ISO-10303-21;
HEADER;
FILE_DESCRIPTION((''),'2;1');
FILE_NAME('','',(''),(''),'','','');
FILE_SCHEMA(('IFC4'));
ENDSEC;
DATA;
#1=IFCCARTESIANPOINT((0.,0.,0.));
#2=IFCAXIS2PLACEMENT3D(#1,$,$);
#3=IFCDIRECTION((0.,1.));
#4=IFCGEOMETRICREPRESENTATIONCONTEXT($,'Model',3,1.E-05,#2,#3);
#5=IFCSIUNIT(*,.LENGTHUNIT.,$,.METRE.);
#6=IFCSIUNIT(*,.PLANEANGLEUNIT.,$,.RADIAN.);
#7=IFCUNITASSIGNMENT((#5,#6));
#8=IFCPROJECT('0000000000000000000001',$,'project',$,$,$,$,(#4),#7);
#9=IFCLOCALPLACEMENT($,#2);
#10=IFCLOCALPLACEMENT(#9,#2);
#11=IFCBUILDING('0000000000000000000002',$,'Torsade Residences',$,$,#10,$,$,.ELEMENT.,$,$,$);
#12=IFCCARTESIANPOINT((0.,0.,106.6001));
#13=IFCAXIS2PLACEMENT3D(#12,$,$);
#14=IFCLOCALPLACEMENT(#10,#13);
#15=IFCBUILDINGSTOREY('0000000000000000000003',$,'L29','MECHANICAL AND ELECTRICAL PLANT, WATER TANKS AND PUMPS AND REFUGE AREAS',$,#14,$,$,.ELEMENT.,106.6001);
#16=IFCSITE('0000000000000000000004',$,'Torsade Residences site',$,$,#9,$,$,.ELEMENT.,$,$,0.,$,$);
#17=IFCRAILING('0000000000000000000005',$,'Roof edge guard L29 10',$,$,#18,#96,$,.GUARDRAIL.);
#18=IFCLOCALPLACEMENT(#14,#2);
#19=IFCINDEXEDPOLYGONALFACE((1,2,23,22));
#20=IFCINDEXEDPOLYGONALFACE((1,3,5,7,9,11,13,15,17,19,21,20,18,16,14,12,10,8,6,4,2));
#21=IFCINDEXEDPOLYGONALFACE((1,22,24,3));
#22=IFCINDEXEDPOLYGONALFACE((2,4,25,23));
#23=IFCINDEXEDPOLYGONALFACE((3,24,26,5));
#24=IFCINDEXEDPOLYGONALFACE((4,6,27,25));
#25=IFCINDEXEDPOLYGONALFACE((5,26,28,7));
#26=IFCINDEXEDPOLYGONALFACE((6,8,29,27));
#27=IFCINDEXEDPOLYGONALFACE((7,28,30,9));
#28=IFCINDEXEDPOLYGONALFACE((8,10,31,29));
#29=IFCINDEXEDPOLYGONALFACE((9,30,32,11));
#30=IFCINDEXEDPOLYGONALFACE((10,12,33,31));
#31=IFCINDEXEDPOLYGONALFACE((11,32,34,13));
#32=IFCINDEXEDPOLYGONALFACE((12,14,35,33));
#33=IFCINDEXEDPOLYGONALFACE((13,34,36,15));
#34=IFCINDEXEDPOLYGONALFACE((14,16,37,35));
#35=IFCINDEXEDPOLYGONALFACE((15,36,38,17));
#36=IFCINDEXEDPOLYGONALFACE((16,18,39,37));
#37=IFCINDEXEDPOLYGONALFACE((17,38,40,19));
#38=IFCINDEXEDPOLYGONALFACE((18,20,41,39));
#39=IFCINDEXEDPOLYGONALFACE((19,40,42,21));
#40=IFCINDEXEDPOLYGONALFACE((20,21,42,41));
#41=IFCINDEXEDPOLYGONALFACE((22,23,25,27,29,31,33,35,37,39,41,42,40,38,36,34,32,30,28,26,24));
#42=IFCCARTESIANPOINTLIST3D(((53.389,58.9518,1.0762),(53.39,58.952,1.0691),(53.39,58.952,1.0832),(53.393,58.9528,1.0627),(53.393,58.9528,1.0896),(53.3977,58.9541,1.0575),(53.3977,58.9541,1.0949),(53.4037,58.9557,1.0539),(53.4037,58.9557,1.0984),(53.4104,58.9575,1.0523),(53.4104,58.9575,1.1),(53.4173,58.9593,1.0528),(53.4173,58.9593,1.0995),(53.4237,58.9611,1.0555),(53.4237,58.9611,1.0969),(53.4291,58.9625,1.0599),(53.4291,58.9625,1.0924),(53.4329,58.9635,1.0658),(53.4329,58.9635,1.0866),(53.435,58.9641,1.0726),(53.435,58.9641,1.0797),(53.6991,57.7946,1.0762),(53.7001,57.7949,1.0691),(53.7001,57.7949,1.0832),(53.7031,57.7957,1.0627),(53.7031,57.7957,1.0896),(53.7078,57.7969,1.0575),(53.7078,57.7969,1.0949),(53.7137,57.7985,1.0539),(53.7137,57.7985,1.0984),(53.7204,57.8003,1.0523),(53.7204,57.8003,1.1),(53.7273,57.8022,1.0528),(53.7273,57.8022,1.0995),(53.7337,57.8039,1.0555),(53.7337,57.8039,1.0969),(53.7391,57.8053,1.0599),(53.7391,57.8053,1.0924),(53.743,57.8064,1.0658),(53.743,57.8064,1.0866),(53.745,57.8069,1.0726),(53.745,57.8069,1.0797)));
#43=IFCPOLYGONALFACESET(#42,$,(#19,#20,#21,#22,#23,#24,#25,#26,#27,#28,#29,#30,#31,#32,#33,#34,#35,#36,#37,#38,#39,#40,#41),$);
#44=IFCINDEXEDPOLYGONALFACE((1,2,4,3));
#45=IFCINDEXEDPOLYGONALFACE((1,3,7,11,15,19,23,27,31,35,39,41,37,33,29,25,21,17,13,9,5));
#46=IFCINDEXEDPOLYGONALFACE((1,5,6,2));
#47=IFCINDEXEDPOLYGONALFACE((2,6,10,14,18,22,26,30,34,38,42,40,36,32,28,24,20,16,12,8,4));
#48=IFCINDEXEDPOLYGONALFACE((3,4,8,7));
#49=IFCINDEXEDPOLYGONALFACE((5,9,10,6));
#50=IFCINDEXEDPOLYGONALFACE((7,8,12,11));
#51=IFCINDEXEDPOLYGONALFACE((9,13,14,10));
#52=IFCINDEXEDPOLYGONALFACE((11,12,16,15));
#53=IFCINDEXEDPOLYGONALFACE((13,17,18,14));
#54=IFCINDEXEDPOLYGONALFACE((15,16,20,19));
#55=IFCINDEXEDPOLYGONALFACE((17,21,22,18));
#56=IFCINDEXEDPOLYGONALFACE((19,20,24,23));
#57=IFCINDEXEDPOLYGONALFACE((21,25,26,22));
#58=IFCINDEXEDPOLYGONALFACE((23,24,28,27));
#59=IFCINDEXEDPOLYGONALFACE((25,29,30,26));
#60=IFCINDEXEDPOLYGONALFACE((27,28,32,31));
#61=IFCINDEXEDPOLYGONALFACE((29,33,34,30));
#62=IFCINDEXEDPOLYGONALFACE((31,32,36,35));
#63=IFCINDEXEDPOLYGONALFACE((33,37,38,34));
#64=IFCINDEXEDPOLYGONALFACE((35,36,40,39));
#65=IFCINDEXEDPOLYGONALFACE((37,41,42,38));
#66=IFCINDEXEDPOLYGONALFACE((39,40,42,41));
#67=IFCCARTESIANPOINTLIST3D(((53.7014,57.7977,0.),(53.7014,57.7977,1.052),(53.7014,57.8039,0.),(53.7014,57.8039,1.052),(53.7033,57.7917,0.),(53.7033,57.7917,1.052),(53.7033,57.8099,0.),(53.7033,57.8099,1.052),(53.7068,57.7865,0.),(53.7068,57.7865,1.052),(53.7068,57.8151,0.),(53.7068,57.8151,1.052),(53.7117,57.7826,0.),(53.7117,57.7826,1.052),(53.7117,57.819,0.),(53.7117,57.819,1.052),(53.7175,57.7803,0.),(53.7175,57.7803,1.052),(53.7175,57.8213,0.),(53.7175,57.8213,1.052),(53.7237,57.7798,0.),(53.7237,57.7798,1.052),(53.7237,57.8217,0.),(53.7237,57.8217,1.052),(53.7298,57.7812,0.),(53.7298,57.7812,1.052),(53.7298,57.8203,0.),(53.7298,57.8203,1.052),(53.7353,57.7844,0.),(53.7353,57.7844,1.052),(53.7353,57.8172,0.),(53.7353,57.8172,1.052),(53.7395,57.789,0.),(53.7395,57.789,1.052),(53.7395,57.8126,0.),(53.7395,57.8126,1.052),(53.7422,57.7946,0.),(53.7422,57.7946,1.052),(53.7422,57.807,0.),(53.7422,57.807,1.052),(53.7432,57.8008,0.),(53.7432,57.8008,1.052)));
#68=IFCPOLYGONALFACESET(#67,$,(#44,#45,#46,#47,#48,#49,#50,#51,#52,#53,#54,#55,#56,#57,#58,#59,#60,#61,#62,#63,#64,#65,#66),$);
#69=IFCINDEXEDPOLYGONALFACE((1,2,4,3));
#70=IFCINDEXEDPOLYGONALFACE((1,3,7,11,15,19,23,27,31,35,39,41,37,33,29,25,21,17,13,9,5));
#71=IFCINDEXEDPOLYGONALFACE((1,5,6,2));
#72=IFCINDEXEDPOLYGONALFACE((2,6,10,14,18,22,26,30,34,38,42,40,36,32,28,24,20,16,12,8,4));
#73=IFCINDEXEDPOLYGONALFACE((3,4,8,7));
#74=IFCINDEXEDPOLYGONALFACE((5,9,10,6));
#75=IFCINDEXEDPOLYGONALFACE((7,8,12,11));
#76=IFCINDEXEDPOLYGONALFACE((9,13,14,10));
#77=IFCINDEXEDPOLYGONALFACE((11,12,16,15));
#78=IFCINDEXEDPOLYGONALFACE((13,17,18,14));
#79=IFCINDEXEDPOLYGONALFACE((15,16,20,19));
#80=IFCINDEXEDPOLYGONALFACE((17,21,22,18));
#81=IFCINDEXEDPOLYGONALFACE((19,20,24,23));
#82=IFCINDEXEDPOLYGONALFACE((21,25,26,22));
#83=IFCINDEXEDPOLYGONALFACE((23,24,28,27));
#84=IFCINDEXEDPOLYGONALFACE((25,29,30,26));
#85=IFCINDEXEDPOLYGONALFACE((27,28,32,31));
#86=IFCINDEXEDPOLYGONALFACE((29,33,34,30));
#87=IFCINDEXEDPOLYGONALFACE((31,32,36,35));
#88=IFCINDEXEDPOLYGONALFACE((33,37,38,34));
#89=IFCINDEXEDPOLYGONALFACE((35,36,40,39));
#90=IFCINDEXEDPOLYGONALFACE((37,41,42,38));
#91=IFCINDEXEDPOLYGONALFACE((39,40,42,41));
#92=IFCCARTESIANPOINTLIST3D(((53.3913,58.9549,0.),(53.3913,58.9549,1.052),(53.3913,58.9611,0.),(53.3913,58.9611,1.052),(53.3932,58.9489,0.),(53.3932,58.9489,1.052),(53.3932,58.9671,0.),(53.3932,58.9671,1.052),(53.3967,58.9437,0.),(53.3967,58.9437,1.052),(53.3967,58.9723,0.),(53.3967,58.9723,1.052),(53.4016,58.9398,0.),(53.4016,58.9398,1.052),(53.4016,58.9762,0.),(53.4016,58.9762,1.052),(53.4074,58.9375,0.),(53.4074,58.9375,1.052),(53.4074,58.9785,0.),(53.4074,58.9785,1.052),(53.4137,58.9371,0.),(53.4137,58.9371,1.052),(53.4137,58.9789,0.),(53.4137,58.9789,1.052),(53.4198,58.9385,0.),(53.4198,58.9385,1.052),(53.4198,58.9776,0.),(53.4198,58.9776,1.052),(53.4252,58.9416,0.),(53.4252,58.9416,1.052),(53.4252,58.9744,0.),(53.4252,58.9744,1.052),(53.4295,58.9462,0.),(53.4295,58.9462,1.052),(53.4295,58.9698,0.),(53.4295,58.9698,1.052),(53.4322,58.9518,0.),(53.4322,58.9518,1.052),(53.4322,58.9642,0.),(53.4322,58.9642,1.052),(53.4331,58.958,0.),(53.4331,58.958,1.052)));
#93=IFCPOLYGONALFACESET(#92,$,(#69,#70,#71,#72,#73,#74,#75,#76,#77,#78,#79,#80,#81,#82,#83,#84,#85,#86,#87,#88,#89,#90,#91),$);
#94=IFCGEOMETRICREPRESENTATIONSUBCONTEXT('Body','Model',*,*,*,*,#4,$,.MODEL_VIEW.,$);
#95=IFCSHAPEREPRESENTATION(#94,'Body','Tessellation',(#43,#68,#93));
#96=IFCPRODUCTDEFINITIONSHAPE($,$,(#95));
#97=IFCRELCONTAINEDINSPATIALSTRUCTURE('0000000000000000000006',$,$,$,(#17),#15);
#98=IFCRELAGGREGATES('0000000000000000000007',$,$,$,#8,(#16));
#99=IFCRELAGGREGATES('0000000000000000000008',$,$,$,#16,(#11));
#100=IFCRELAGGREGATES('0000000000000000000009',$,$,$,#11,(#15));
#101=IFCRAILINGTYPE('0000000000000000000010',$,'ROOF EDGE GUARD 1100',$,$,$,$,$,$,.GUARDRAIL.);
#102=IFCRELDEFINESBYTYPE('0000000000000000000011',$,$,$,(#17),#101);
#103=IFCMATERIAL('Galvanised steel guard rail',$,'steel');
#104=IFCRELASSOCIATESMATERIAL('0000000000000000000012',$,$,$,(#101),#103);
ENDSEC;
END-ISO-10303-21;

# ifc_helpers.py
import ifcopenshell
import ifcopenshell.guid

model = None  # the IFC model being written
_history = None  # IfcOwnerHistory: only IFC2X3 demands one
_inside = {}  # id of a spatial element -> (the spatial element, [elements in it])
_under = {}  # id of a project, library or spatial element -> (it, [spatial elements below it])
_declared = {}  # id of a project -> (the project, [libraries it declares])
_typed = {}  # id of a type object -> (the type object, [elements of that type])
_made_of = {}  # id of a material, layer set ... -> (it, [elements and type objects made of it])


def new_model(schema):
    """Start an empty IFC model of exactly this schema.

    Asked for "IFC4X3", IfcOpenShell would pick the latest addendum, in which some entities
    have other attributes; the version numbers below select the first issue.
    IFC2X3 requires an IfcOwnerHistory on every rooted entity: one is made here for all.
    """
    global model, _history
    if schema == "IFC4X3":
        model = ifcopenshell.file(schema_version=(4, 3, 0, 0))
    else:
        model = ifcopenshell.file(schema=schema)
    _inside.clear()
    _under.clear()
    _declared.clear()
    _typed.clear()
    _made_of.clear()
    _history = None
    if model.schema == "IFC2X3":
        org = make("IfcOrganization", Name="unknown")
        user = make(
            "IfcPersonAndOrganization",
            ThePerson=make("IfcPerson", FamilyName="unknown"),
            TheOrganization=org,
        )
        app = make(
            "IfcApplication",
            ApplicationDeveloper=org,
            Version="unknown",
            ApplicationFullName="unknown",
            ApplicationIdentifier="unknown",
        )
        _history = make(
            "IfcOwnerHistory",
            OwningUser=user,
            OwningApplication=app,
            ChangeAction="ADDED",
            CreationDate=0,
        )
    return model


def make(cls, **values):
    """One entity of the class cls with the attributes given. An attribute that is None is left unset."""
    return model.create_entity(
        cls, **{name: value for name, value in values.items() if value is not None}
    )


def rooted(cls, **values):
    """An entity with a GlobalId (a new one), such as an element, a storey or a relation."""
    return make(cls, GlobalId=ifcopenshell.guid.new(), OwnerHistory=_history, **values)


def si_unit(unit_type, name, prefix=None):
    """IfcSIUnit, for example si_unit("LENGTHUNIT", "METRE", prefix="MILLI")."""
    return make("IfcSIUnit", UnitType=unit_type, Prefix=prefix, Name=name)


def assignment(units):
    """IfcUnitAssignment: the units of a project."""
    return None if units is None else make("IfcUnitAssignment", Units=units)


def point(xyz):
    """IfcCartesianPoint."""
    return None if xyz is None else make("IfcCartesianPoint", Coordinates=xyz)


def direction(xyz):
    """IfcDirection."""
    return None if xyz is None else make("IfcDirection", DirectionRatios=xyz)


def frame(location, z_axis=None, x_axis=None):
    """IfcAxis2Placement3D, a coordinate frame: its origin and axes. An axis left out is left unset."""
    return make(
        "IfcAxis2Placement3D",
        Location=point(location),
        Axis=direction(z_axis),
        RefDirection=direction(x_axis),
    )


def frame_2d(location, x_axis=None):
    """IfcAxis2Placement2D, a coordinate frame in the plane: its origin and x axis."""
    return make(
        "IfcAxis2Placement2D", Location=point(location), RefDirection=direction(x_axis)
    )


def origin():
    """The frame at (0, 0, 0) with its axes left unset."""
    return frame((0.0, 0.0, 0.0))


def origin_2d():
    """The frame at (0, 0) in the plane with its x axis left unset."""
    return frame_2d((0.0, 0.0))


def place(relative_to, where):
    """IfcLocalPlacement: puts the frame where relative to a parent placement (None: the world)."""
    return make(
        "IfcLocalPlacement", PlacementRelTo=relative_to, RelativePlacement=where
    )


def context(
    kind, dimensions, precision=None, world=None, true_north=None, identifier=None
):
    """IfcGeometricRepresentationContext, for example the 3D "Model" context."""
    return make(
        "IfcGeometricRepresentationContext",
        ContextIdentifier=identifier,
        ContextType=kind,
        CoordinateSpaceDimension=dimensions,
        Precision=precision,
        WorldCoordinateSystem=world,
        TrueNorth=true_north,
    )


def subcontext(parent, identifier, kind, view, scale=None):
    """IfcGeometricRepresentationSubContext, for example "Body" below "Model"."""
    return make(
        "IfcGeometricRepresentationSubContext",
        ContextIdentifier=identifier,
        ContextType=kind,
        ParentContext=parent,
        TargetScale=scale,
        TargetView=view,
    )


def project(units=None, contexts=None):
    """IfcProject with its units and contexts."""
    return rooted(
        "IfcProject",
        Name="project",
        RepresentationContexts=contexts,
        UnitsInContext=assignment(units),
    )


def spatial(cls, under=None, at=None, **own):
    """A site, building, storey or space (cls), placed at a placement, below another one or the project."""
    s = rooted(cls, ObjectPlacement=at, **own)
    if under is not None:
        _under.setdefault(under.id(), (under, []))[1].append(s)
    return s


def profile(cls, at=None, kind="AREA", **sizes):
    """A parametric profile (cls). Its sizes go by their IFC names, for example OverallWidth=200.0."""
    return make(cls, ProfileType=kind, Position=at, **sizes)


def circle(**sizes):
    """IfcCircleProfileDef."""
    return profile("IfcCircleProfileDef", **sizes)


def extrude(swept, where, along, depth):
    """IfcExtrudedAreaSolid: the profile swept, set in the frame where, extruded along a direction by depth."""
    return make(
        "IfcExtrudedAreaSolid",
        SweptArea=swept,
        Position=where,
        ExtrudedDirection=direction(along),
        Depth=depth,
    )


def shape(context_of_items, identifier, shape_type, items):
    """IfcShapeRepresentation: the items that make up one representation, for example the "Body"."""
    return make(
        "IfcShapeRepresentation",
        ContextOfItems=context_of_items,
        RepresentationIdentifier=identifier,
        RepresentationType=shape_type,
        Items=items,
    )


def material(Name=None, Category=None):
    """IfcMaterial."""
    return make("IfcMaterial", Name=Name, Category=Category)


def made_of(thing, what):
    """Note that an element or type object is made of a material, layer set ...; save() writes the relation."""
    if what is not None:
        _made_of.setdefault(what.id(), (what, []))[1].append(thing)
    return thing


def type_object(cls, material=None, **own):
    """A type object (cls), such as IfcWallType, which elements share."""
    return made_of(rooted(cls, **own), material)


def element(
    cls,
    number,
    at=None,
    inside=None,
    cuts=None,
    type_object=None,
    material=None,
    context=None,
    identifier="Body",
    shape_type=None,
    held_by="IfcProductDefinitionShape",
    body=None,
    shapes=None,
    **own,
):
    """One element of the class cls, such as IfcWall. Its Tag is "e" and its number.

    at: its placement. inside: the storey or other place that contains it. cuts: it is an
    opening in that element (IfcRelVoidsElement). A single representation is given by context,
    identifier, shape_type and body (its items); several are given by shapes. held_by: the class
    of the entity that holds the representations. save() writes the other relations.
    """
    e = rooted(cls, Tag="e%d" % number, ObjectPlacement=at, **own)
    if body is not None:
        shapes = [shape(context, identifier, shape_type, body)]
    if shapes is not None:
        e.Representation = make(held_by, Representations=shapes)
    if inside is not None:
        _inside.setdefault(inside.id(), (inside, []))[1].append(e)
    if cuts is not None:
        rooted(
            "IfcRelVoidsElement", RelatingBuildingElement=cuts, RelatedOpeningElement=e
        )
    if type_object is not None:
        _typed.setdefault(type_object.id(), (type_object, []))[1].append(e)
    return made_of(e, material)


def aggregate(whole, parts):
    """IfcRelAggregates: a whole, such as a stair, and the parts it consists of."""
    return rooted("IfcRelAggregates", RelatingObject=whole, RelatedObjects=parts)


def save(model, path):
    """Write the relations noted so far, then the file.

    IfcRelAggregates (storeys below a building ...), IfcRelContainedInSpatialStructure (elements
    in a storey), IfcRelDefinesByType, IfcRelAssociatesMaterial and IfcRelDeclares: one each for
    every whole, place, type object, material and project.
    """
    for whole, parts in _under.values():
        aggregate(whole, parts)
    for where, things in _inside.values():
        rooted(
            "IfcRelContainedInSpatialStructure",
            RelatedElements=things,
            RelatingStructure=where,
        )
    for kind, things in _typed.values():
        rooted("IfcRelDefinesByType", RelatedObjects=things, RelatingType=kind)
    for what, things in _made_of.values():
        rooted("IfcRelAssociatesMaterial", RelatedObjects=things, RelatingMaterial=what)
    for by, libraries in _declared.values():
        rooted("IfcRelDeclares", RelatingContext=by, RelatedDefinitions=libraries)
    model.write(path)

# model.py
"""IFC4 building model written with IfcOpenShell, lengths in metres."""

from ifc_helpers import new_model, si_unit, direction, frame, origin, origin_2d, place, context, subcontext, project, spatial, circle, extrude, material, type_object, element, save


model = new_model("IFC4")

# Units and contexts
model_context = context("Model", 3, precision=1e-05, world=origin(), true_north=direction((0.0, 1.0)))
body_context = subcontext(model_context, "Body", "Model", "MODEL_VIEW")
ifc_project = project(units=[si_unit("LENGTHUNIT", "METRE"), si_unit("PLANEANGLEUNIT", "RADIAN")], contexts=[model_context])

# Site, building, storey
site_placement = place(None, origin())
site = spatial("IfcSite", under=ifc_project, at=site_placement, Name="Torsade Residences site", CompositionType="ELEMENT", RefElevation=0.0)
building_placement = place(site_placement, origin())
building = spatial("IfcBuilding", under=site, at=building_placement, Name="Torsade Residences", CompositionType="ELEMENT")
storey_placement = place(building_placement, frame((0.0, 0.0, 106.6001)))
storey = spatial("IfcBuildingStorey", under=building, at=storey_placement, Name="L29", Description="MECHANICAL AND ELECTRICAL PLANT, WATER TANKS AND PUMPS AND REFUGE AREAS", CompositionType="ELEMENT", Elevation=106.6001)

# Railing
ifc_material_1 = material(Name="Galvanised steel guard rail", Category="steel")
railing_type = type_object("IfcRailingType", Name="ROOF EDGE GUARD 1100", PredefinedType="GUARDRAIL", material=ifc_material_1)
railing_1_placement = place(storey_placement, frame((53.7222, 57.8008, 0.0)))
element("IfcRailing", 1, at=railing_1_placement, inside=storey, type_object=railing_type, Name="Roof edge guard L29 10", PredefinedType="GUARDRAIL", context=body_context, shape_type="SweptSolid", body=[
    extrude(circle(Radius=0.0239, at=origin_2d()), frame((0.0, 0.0, 1.0762), z_axis=(-0.258804, 0.96593, 0.0), x_axis=(-0.96593, -0.258804, 0.0)), (0.0, 0.0, 1.0), 1.198),
    extrude(circle(Radius=0.021, at=origin_2d()), origin(), (0.0, 0.0, 1.0), 1.052),
    extrude(circle(Radius=0.021, at=origin_2d()), frame((-0.3101, 1.1572, 0.0)), (0.0, 0.0, 1.0), 1.052),
])

save(model, "model.ifc")
